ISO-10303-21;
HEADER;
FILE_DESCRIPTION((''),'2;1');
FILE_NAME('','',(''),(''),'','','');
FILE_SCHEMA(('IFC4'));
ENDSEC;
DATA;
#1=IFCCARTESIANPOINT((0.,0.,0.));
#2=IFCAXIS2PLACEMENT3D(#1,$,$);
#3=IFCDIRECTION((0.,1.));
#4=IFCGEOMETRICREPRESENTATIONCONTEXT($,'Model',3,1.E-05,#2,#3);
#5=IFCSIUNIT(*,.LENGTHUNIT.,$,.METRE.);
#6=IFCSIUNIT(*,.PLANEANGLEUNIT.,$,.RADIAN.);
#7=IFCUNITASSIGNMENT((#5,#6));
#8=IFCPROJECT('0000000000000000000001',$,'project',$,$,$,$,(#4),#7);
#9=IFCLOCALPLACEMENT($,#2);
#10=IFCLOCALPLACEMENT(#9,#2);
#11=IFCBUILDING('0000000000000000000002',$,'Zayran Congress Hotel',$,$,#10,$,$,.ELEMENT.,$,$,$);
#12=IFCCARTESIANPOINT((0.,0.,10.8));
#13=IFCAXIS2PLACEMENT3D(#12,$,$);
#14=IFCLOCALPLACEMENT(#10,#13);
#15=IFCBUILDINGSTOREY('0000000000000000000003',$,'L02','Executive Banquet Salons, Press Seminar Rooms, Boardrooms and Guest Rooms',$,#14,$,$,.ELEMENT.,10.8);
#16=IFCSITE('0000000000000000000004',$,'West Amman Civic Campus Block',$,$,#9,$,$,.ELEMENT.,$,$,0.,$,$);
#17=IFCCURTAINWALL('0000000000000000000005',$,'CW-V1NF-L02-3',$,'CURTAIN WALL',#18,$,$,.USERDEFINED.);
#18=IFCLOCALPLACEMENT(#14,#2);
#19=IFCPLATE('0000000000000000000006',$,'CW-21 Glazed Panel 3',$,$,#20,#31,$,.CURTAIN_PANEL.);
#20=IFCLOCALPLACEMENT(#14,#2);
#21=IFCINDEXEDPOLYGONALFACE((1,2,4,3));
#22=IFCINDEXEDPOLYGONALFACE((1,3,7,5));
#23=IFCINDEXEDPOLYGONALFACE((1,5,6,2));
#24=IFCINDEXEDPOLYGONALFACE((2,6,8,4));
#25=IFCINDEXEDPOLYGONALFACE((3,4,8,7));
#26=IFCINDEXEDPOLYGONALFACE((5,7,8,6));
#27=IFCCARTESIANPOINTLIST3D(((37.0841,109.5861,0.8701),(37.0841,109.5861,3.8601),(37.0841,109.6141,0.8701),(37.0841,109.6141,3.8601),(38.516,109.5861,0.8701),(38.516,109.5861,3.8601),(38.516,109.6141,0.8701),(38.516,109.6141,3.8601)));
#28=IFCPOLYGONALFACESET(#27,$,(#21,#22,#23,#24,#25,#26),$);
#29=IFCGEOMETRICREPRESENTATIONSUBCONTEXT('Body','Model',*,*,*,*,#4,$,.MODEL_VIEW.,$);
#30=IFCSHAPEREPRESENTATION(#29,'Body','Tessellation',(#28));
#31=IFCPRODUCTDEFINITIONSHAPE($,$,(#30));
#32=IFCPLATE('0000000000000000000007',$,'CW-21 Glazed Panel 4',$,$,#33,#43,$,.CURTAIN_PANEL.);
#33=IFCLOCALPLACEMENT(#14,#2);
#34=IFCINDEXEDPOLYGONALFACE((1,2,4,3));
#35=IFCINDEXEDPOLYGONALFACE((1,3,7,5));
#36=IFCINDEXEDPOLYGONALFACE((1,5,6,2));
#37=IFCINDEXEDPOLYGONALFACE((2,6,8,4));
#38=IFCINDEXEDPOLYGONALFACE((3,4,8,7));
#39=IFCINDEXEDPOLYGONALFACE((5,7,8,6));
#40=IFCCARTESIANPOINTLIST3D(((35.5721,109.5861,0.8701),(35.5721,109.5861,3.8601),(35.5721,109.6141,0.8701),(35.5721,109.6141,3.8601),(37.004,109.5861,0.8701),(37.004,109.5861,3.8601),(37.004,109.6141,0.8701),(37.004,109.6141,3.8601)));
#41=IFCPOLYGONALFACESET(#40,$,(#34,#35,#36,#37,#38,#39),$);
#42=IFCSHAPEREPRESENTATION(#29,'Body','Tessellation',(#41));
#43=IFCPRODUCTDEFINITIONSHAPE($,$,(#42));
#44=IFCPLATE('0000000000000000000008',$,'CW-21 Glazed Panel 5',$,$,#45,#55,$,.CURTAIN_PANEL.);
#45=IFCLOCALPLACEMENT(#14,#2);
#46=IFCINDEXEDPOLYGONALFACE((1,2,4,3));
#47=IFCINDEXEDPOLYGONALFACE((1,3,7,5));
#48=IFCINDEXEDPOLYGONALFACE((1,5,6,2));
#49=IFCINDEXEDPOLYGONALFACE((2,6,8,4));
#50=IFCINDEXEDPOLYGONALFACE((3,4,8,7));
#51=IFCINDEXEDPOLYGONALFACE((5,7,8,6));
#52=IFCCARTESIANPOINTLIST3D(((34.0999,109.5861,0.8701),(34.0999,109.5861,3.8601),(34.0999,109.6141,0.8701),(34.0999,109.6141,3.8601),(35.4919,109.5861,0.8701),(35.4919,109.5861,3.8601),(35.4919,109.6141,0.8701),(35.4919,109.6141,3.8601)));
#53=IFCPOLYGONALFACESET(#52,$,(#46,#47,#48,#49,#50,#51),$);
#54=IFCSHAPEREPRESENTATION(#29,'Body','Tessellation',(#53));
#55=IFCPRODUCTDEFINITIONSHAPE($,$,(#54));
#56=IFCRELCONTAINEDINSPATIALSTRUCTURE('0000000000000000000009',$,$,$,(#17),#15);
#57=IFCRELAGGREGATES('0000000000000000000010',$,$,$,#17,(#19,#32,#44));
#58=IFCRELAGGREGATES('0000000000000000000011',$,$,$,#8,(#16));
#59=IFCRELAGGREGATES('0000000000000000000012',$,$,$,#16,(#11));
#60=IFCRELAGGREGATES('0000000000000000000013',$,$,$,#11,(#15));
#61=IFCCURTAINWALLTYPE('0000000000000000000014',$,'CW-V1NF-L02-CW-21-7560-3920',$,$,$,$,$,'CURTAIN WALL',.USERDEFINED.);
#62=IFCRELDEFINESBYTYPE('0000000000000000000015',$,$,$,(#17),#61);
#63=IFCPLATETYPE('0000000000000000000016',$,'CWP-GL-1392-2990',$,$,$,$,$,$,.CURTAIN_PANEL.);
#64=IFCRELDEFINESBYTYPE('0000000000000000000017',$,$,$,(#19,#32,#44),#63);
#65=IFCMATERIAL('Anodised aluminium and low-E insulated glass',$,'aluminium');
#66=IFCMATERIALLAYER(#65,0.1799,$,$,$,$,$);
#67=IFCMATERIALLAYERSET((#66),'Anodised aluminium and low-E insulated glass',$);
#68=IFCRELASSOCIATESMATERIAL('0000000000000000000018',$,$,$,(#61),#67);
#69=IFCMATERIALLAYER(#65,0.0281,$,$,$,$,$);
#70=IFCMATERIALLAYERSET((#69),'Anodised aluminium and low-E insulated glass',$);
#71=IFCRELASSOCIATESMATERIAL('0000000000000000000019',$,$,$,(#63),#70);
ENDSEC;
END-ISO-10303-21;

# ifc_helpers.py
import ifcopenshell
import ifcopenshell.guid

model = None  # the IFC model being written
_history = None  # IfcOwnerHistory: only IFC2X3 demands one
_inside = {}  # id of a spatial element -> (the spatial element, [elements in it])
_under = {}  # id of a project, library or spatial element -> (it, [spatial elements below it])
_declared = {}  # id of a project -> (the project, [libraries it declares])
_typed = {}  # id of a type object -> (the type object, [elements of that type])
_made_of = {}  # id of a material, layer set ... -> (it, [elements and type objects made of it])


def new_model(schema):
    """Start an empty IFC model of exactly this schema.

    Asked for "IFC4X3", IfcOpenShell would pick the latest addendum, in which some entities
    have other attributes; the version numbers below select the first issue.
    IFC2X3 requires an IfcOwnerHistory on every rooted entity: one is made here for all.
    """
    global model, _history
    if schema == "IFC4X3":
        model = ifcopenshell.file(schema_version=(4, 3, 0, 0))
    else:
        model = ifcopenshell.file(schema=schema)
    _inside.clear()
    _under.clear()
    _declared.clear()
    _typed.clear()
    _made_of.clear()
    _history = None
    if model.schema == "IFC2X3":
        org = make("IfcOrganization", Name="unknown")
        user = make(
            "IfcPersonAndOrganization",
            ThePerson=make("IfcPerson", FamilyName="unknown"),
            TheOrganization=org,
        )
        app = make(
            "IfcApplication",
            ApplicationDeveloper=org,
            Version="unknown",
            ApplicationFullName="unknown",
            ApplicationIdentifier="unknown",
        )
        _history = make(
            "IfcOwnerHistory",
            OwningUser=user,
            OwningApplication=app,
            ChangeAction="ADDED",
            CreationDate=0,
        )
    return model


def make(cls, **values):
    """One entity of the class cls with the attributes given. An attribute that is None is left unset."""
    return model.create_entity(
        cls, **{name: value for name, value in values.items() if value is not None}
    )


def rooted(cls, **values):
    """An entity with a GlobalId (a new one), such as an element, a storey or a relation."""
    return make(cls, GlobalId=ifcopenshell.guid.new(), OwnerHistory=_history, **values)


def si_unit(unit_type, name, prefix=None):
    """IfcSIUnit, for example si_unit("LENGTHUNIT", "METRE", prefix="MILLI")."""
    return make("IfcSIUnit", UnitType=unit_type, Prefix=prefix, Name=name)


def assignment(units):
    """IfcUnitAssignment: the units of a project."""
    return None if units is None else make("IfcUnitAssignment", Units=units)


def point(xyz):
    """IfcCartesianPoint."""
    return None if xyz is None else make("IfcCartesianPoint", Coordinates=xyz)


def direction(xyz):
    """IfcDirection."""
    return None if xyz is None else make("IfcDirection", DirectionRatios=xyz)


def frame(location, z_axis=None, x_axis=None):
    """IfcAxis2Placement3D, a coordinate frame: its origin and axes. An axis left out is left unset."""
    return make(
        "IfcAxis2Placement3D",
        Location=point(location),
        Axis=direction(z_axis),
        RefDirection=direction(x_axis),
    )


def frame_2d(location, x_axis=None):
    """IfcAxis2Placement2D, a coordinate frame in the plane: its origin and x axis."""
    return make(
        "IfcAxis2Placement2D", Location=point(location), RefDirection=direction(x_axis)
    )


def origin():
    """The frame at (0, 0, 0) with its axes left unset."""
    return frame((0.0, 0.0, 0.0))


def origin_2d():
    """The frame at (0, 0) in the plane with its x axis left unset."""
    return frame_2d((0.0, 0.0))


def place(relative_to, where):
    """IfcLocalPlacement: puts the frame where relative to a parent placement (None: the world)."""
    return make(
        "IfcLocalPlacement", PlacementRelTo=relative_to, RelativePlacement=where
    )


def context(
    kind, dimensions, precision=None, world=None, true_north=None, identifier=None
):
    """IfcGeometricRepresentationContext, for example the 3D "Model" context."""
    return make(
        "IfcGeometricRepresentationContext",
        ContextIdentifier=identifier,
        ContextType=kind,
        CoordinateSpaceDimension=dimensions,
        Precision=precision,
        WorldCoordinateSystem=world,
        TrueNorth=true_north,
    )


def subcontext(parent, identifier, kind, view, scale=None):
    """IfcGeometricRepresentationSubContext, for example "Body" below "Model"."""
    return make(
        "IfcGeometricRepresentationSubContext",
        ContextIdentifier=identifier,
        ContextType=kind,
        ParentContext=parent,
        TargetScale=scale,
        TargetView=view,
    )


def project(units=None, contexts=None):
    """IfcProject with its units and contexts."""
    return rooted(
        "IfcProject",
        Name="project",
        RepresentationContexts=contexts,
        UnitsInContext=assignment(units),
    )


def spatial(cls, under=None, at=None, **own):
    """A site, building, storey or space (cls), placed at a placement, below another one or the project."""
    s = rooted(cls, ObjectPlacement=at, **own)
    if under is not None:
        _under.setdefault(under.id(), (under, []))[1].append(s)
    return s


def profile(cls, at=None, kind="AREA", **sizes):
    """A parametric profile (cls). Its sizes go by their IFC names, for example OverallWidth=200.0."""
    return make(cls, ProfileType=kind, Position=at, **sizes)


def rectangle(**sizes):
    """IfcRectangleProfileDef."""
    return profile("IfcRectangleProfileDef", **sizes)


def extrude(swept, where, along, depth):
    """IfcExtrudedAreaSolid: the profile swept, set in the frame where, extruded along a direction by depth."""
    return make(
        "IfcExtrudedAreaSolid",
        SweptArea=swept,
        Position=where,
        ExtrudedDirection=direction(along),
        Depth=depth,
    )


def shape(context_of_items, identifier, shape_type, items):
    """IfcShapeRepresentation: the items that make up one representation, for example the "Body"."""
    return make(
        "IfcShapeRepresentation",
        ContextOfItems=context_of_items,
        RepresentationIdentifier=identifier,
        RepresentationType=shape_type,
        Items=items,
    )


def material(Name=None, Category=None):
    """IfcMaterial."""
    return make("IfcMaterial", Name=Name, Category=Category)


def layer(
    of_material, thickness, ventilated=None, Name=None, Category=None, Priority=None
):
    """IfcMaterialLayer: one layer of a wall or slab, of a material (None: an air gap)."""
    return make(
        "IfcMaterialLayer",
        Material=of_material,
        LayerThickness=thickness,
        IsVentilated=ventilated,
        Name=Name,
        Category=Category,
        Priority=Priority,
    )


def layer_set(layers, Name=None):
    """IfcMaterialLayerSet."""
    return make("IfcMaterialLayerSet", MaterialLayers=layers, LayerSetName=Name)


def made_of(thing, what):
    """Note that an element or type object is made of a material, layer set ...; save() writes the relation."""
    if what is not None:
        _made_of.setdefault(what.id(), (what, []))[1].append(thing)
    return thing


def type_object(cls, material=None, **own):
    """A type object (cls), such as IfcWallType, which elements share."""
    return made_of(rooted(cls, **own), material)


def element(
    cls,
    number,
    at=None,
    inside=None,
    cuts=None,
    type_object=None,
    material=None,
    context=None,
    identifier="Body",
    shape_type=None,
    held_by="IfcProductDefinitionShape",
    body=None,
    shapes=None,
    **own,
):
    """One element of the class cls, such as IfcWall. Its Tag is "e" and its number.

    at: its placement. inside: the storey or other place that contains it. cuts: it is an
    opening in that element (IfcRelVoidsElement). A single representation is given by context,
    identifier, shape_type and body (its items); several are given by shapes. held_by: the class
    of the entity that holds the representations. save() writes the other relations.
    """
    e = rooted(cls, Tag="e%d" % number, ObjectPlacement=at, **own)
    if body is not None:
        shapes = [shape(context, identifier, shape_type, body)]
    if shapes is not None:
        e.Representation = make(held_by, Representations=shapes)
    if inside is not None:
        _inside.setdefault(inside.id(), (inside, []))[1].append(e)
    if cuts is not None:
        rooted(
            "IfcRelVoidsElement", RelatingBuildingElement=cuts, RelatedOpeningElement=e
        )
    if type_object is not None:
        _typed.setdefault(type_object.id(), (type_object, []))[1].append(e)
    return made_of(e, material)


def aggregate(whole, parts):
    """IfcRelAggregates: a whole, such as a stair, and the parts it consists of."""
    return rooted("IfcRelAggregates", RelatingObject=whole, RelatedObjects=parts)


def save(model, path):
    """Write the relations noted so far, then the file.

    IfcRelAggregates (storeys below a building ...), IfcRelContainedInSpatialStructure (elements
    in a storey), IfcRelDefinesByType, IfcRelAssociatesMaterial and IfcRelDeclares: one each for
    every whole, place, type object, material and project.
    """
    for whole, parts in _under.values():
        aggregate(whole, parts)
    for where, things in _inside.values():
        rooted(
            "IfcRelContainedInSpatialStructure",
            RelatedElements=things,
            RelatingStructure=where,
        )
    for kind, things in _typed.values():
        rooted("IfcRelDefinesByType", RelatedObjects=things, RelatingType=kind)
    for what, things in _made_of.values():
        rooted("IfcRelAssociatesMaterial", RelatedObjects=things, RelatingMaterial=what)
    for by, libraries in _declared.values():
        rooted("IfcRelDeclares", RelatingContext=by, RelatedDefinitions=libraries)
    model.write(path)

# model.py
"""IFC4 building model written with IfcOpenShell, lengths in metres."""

from ifc_helpers import new_model, si_unit, direction, frame, origin, origin_2d, place, context, subcontext, project, spatial, rectangle, extrude, material, layer, layer_set, type_object, element, aggregate, save


model = new_model("IFC4")

# Units and contexts
model_context = context("Model", 3, precision=1e-05, world=origin(), true_north=direction((0.0, 1.0)))
body_context = subcontext(model_context, "Body", "Model", "MODEL_VIEW")
ifc_project = project(units=[si_unit("LENGTHUNIT", "METRE"), si_unit("PLANEANGLEUNIT", "RADIAN")], contexts=[model_context])

# Site, building, storey
site_placement = place(None, origin())
site = spatial("IfcSite", under=ifc_project, at=site_placement, Name="West Amman Civic Campus Block", CompositionType="ELEMENT", RefElevation=0.0)
building_placement = place(site_placement, origin())
building = spatial("IfcBuilding", under=site, at=building_placement, Name="Zayran Congress Hotel", CompositionType="ELEMENT")
storey_placement = place(building_placement, frame((0.0, 0.0, 10.8)))
storey = spatial("IfcBuildingStorey", under=building, at=storey_placement, Name="L02", Description="Executive Banquet Salons, Press Seminar Rooms, Boardrooms and Guest Rooms", CompositionType="ELEMENT", Elevation=10.8)

# Curtain wall, plates
ifc_material_1 = material(Name="Anodised aluminium and low-E insulated glass", Category="aluminium")
ifc_layer_1 = layer(ifc_material_1, 0.1799)
ifc_layer_set_1 = layer_set([ifc_layer_1], Name="Anodised aluminium and low-E insulated glass")
curtain_wall_type = type_object("IfcCurtainWallType", Name="CW-V1NF-L02-CW-21-7560-3920", ElementType="CURTAIN WALL", PredefinedType="USERDEFINED", material=ifc_layer_set_1)
curtain_wall_placement = place(storey_placement, origin())
curtain_wall = element("IfcCurtainWall", 1, at=curtain_wall_placement, inside=storey, type_object=curtain_wall_type, Name="CW-V1NF-L02-3", ObjectType="CURTAIN WALL", PredefinedType="USERDEFINED")
ifc_layer_2 = layer(ifc_material_1, 0.0281)
ifc_layer_set_2 = layer_set([ifc_layer_2], Name="Anodised aluminium and low-E insulated glass")
plate_type_1 = type_object("IfcPlateType", Name="CWP-GL-1392-2990", PredefinedType="CURTAIN_PANEL", material=ifc_layer_set_2)
plate_1_placement = place(storey_placement, frame((37.8, 109.6001, 0.8701), z_axis=(0.0, 0.0, 1.0), x_axis=(1.0, 0.0, 0.0)))
plate_1 = element("IfcPlate", 2, at=plate_1_placement, type_object=plate_type_1, Name="CW-21 Glazed Panel 3", PredefinedType="CURTAIN_PANEL", context=body_context, shape_type="SweptSolid", body=[
    extrude(rectangle(XDim=1.4319, YDim=0.0281, at=origin_2d()), origin(), (0.0, 0.0, 1.0), 2.99),
])
plate_2_placement = place(storey_placement, frame((36.2881, 109.6001, 0.8701), z_axis=(0.0, 0.0, 1.0), x_axis=(1.0, 0.0, 0.0)))
plate_2 = element("IfcPlate", 3, at=plate_2_placement, type_object=plate_type_1, Name="CW-21 Glazed Panel 4", PredefinedType="CURTAIN_PANEL", context=body_context, shape_type="SweptSolid", body=[
    extrude(rectangle(XDim=1.4319, YDim=0.0281, at=origin_2d()), origin(), (0.0, 0.0, 1.0), 2.99),
])
plate_3_placement = place(storey_placement, frame((34.7959, 109.6001, 0.8701), z_axis=(0.0, 0.0, 1.0), x_axis=(1.0, 0.0, 0.0)))
plate_3 = element("IfcPlate", 4, at=plate_3_placement, type_object=plate_type_1, Name="CW-21 Glazed Panel 5", PredefinedType="CURTAIN_PANEL", context=body_context, shape_type="SweptSolid", body=[
    extrude(rectangle(XDim=1.3921, YDim=0.0281, at=origin_2d()), origin(), (0.0, 0.0, 1.0), 2.99),
])
aggregate(curtain_wall, [plate_1, plate_2, plate_3])

save(model, "model.ifc")
